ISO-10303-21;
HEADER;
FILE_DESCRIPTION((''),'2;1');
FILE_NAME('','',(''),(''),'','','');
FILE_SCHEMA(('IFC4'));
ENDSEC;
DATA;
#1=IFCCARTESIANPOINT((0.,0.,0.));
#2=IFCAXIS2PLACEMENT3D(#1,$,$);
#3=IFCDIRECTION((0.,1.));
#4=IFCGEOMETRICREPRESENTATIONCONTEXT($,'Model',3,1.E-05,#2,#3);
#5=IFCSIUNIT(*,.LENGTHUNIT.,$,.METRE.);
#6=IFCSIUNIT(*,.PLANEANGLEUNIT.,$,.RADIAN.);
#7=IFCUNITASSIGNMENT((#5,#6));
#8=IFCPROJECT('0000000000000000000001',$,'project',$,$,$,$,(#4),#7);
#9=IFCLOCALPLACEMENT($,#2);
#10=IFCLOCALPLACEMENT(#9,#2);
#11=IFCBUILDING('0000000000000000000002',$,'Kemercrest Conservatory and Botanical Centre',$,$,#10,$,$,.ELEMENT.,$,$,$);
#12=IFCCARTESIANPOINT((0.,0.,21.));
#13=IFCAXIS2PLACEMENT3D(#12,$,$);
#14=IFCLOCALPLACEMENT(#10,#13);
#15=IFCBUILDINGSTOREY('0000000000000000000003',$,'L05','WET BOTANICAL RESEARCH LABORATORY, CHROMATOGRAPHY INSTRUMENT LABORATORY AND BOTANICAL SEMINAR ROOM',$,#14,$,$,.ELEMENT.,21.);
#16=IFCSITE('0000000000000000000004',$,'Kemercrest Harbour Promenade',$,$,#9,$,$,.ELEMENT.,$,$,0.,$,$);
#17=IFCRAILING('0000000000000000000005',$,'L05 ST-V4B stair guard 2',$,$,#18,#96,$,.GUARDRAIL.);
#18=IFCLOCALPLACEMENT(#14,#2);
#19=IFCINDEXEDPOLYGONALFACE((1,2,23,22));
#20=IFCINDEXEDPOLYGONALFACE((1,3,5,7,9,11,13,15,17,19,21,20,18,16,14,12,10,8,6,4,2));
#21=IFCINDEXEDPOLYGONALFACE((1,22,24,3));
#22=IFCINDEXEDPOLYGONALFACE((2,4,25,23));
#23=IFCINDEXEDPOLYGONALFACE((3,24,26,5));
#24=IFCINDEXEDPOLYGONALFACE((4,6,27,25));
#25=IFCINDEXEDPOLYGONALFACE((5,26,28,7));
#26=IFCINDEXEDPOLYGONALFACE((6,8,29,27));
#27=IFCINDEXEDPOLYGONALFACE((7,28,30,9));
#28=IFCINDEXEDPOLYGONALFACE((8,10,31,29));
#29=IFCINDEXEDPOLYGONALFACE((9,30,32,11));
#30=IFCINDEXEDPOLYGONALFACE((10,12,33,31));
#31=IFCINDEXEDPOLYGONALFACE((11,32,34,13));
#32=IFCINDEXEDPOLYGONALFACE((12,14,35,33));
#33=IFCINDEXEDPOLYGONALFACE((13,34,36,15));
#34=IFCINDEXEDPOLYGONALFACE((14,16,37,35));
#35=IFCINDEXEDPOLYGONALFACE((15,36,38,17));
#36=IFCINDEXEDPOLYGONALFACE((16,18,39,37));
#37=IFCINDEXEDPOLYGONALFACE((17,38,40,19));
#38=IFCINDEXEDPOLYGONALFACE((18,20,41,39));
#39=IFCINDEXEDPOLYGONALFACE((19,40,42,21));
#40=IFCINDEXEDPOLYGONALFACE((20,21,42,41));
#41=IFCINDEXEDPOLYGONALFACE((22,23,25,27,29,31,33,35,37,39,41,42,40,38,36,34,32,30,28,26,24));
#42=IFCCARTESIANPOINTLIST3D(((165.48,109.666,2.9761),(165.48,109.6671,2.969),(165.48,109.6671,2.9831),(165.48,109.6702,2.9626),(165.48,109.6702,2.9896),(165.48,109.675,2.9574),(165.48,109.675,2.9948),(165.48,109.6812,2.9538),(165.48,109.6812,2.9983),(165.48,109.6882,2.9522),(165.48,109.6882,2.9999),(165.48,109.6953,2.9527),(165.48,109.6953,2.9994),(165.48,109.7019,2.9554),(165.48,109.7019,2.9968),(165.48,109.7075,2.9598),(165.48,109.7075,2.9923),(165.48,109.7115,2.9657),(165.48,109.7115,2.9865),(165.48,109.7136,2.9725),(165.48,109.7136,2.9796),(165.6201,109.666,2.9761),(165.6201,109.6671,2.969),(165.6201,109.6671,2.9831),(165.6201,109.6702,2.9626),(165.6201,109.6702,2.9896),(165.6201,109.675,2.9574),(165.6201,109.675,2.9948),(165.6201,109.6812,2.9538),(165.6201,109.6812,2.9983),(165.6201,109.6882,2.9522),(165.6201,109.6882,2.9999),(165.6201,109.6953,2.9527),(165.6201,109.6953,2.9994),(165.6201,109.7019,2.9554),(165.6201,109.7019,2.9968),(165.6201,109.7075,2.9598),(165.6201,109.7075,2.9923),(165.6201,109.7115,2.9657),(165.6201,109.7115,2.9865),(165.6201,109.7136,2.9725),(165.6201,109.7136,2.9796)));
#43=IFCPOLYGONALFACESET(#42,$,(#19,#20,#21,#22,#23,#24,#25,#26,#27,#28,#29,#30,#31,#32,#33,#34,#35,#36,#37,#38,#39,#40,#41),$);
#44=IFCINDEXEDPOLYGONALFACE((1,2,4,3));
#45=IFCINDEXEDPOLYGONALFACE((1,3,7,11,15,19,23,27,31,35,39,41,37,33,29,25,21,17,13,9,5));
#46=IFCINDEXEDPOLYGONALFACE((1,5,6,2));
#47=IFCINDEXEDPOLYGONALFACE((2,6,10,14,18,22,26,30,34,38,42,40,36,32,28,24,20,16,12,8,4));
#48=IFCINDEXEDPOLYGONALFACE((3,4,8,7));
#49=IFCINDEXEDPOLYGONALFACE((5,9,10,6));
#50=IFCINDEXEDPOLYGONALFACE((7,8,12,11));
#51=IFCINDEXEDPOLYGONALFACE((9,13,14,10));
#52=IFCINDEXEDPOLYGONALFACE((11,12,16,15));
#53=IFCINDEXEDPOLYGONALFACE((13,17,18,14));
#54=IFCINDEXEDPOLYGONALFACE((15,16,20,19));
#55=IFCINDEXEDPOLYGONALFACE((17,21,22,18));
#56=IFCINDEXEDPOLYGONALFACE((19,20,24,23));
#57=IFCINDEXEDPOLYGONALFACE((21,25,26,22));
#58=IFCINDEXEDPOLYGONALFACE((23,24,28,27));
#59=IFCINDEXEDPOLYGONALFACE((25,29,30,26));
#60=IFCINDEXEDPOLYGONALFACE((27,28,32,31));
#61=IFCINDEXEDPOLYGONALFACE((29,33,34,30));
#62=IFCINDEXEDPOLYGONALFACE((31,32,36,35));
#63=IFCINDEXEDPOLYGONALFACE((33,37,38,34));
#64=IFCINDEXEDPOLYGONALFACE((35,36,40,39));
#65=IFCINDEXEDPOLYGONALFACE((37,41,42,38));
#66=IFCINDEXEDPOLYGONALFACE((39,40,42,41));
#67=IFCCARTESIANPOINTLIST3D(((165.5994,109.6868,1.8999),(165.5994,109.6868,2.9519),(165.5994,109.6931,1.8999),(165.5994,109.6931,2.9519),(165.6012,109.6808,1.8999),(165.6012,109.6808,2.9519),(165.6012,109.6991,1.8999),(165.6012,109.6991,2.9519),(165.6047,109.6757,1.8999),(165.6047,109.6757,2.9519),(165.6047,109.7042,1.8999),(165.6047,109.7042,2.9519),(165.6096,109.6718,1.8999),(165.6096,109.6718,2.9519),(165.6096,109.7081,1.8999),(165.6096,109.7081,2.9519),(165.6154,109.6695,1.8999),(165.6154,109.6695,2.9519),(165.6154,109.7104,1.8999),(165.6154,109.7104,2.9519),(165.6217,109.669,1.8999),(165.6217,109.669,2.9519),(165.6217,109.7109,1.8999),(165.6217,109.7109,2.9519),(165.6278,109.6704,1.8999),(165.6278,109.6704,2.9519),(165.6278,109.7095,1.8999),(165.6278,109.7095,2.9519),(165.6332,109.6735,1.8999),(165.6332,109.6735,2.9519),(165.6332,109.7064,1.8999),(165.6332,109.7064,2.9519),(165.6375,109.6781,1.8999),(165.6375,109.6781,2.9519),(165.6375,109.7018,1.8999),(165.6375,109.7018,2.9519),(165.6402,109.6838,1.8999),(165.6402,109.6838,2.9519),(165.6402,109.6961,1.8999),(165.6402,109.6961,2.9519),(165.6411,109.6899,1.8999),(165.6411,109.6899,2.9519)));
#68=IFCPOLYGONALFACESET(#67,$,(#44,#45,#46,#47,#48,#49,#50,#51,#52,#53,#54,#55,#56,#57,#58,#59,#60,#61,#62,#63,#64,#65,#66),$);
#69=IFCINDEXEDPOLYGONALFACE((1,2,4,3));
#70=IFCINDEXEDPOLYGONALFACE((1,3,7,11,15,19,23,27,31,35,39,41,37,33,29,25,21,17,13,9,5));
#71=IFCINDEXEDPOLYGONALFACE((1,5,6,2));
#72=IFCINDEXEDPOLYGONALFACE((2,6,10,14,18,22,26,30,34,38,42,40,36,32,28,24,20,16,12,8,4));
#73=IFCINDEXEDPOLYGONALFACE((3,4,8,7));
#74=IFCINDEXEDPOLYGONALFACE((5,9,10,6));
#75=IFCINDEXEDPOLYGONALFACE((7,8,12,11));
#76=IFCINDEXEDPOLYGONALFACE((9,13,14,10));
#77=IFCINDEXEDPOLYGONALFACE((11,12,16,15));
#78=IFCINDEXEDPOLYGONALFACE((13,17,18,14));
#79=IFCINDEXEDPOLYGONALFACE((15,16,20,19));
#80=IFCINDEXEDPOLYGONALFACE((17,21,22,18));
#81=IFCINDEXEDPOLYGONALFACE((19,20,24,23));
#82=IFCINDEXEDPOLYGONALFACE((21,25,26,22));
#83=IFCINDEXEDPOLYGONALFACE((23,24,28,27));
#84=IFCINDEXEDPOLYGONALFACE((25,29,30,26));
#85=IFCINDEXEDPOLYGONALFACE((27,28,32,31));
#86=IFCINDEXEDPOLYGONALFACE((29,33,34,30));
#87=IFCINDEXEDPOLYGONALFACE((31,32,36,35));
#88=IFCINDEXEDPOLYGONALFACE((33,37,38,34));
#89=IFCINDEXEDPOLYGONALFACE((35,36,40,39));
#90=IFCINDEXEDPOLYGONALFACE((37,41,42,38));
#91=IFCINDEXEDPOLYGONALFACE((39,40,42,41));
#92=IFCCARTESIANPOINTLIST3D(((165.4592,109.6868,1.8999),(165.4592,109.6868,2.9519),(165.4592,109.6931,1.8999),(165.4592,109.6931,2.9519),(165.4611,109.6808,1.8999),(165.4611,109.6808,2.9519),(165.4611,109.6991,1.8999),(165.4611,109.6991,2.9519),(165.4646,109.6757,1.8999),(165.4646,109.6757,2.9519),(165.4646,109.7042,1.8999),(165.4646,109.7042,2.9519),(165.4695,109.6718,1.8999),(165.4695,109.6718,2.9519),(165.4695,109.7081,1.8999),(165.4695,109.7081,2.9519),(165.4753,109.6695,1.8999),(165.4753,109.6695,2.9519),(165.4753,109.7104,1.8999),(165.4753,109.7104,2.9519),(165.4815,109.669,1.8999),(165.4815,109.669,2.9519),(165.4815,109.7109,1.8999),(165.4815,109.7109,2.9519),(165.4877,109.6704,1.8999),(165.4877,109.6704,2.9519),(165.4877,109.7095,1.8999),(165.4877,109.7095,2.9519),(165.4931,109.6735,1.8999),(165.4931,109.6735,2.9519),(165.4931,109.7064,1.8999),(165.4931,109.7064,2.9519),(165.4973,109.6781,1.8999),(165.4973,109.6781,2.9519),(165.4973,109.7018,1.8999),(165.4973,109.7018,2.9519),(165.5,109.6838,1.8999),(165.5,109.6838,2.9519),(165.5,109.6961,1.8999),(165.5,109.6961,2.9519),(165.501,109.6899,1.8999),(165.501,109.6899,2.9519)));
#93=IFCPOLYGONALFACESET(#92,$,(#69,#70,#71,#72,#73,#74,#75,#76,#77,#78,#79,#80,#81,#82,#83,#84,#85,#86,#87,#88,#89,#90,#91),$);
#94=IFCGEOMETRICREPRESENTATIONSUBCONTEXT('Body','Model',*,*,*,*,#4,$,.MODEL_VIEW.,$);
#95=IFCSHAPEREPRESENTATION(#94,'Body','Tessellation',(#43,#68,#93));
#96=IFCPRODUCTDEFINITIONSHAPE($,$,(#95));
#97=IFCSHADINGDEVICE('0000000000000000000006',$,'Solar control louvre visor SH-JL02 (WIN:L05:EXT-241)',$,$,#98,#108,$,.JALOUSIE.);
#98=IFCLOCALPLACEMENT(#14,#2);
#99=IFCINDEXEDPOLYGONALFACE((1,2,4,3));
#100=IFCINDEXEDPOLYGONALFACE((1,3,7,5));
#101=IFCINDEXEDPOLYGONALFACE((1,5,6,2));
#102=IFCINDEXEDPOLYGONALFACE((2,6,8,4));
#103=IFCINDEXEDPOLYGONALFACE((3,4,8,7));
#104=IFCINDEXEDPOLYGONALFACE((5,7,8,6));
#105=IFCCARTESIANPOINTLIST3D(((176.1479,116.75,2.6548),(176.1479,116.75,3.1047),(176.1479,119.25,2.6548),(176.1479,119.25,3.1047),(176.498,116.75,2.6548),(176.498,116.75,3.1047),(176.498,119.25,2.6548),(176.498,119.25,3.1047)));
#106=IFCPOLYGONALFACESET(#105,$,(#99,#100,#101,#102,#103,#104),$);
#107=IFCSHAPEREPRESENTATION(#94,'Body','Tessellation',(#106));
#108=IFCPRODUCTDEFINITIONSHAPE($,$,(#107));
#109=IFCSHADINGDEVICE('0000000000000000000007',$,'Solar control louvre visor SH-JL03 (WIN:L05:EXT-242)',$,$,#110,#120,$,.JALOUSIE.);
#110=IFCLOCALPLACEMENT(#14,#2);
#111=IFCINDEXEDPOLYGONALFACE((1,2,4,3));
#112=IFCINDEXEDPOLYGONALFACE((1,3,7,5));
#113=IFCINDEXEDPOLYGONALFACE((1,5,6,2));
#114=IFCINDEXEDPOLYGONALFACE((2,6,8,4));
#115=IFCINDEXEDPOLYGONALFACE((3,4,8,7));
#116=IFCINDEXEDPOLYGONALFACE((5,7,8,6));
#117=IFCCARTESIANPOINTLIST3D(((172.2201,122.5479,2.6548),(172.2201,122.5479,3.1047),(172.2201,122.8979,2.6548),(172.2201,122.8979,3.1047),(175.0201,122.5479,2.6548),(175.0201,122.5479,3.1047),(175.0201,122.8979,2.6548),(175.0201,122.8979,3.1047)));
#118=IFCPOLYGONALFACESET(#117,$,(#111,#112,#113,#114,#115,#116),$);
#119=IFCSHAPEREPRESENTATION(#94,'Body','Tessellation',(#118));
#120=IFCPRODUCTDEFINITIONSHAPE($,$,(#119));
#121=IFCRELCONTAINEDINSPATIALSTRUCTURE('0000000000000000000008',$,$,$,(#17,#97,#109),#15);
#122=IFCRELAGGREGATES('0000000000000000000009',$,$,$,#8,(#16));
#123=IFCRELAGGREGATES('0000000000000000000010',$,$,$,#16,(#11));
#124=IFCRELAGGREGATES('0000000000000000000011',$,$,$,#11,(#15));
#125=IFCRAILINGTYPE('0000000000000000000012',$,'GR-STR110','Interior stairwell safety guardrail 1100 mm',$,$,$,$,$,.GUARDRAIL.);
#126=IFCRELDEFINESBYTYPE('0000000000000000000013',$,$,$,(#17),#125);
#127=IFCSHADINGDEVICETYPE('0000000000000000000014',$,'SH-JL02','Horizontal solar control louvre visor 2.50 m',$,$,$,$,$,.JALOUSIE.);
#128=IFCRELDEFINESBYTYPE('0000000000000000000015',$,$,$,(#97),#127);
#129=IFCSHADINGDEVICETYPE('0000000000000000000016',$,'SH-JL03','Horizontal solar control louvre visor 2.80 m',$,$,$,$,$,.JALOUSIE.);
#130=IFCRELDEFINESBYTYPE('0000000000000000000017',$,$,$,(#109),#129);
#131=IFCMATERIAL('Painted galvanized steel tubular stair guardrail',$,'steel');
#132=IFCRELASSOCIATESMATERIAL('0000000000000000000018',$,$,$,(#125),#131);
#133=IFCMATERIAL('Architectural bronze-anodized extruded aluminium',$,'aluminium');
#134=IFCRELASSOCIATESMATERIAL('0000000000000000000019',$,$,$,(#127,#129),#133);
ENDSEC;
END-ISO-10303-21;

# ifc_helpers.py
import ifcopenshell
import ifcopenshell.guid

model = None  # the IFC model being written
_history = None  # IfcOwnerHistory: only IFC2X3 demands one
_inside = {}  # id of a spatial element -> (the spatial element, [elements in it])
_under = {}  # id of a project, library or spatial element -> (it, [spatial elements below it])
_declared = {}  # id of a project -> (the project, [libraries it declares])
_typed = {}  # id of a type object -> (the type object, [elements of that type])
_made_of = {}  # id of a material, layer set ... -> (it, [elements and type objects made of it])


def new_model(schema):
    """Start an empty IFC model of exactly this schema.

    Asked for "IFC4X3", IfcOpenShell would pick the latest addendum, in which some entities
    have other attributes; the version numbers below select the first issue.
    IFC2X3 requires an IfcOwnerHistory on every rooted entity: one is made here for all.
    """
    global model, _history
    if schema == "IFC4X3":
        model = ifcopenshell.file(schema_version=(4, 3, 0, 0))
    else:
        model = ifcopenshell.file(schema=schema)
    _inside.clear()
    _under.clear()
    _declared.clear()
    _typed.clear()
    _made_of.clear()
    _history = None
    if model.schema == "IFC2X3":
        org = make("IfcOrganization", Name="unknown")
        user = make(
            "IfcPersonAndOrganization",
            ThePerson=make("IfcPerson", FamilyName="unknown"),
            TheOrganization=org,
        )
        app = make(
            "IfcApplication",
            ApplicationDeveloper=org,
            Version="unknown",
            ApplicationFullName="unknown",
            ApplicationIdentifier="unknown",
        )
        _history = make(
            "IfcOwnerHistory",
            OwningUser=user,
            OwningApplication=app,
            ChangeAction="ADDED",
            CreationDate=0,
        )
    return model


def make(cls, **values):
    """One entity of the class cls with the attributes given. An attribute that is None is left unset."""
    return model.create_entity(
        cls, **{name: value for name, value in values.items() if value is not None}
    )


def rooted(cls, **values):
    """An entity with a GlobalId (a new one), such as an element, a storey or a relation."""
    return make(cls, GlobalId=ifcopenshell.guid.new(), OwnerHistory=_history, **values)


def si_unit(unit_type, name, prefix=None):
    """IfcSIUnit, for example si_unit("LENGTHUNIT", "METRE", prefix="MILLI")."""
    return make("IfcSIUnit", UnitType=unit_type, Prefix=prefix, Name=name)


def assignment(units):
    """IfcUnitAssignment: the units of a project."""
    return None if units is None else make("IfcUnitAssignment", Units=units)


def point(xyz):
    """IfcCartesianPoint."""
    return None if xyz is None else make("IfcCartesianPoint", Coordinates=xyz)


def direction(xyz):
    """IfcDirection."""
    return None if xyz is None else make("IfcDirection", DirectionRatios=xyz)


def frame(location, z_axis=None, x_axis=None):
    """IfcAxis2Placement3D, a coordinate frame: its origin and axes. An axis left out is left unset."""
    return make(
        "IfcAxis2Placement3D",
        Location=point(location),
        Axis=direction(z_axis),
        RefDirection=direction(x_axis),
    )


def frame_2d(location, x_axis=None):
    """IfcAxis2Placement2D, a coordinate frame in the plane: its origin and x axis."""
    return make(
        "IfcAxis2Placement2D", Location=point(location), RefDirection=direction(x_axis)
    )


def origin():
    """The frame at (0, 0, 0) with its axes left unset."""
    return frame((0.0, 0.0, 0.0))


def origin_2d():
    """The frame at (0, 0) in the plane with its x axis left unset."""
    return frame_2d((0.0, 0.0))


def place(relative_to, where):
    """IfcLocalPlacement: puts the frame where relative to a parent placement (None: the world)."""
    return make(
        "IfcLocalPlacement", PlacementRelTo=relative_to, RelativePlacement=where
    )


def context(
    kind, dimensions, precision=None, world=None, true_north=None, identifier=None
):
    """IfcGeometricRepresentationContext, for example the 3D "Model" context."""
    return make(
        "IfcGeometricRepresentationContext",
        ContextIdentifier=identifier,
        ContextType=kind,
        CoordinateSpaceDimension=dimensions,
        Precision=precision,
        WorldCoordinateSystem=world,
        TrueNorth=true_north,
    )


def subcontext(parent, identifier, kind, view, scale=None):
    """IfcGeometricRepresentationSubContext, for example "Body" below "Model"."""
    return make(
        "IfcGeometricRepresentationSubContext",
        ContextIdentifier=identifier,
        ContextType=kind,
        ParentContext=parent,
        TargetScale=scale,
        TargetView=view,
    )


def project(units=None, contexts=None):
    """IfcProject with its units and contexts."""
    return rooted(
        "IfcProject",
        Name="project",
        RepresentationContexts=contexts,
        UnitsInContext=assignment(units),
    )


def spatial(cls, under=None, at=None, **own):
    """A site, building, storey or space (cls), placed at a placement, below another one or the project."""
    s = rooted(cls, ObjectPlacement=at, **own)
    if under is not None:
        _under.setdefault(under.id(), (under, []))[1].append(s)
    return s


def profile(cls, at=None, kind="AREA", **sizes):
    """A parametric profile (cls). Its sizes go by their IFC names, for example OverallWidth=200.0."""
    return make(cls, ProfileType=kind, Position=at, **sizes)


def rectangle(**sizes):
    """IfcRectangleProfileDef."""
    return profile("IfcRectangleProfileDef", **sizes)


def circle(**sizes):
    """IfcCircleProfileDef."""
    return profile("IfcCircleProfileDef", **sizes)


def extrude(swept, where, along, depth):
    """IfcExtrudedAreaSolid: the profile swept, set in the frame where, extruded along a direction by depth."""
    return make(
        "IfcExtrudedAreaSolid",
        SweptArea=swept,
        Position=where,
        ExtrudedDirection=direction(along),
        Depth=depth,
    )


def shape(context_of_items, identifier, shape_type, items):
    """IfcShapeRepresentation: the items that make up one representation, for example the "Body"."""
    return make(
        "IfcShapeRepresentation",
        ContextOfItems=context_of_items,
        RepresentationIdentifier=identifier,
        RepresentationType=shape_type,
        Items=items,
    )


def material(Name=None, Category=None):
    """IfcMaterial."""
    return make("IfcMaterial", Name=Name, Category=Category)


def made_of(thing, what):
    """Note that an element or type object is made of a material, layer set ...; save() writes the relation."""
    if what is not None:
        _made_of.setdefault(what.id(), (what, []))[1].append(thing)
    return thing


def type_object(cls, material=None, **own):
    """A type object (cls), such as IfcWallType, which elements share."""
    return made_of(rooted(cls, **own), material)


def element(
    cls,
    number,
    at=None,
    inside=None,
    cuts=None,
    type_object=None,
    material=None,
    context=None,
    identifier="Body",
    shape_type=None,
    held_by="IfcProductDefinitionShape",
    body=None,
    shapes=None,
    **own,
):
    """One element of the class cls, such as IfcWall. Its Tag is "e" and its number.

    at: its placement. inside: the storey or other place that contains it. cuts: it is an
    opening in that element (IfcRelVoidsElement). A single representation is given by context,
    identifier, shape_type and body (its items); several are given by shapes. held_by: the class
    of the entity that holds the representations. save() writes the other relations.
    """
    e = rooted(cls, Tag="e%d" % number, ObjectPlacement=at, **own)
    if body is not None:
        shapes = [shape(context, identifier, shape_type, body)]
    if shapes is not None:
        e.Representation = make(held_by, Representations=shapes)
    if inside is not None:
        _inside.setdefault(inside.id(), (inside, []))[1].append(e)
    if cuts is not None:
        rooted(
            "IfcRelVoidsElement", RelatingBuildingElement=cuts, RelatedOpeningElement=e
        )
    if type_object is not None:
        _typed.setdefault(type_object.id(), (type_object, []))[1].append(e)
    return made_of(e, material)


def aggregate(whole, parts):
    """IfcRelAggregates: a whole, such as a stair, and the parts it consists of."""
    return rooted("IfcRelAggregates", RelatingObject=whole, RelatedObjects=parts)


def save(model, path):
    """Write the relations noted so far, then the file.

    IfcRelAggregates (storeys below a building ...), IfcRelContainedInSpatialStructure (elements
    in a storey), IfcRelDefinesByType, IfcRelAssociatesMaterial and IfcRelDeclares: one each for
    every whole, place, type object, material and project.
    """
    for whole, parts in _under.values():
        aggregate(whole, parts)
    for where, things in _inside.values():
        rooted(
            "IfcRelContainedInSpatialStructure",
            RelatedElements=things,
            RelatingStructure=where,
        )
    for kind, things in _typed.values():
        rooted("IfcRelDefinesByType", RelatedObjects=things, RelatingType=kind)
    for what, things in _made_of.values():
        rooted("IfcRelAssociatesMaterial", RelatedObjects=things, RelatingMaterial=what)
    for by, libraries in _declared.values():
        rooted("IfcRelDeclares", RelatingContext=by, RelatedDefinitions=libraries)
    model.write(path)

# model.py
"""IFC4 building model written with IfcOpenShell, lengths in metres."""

from ifc_helpers import new_model, si_unit, direction, frame, origin, origin_2d, place, context, subcontext, project, spatial, rectangle, circle, extrude, material, type_object, element, save


model = new_model("IFC4")

# Units and contexts
model_context = context("Model", 3, precision=1e-05, world=origin(), true_north=direction((0.0, 1.0)))
body_context = subcontext(model_context, "Body", "Model", "MODEL_VIEW")
ifc_project = project(units=[si_unit("LENGTHUNIT", "METRE"), si_unit("PLANEANGLEUNIT", "RADIAN")], contexts=[model_context])

# Site, building, storey
site_placement = place(None, origin())
site = spatial("IfcSite", under=ifc_project, at=site_placement, Name="Kemercrest Harbour Promenade", CompositionType="ELEMENT", RefElevation=0.0)
building_placement = place(site_placement, origin())
building = spatial("IfcBuilding", under=site, at=building_placement, Name="Kemercrest Conservatory and Botanical Centre", CompositionType="ELEMENT")
storey_placement = place(building_placement, frame((0.0, 0.0, 21.0)))
storey = spatial("IfcBuildingStorey", under=building, at=storey_placement, Name="L05", Description="WET BOTANICAL RESEARCH LABORATORY, CHROMATOGRAPHY INSTRUMENT LABORATORY AND BOTANICAL SEMINAR ROOM", CompositionType="ELEMENT", Elevation=21.0)

# Railing
ifc_material_1 = material(Name="Painted galvanized steel tubular stair guardrail", Category="steel")
railing_type = type_object("IfcRailingType", Name="GR-STR110", Description="Interior stairwell safety guardrail 1100 mm", PredefinedType="GUARDRAIL", material=ifc_material_1)
railing_placement = place(storey_placement, frame((165.6201, 109.6899, 1.8999)))
element("IfcRailing", 1, at=railing_placement, inside=storey, type_object=railing_type, Name="L05 ST-V4B stair guard 2", PredefinedType="GUARDRAIL", context=body_context, shape_type="SweptSolid", body=[
    extrude(circle(Radius=0.0239, at=origin_2d()), frame((0.0, 0.0, 1.0762), z_axis=(-1.0, 0.0, 0.0), x_axis=(0.0, -1.0, 0.0)), (0.0, 0.0, 1.0), 0.1401),
    extrude(circle(Radius=0.021, at=origin_2d()), origin(), (0.0, 0.0, 1.0), 1.052),
    extrude(circle(Radius=0.021, at=origin_2d()), frame((-0.1401, 0.0, 0.0)), (0.0, 0.0, 1.0), 1.052),
])

# Shading devices
ifc_material_2 = material(Name="Architectural bronze-anodized extruded aluminium", Category="aluminium")
shading_device_type_1 = type_object("IfcShadingDeviceType", Name="SH-JL02", Description="Horizontal solar control louvre visor 2.50 m", PredefinedType="JALOUSIE", material=ifc_material_2)
shading_device_1_placement = place(storey_placement, frame((176.323, 118.0, 2.6548), z_axis=(0.0, 0.0, 1.0), x_axis=(0.0, 1.0, 0.0)))
element("IfcShadingDevice", 2, at=shading_device_1_placement, inside=storey, type_object=shading_device_type_1, Name="Solar control louvre visor SH-JL02 (WIN:L05:EXT-241)", PredefinedType="JALOUSIE", context=body_context, shape_type="SweptSolid", body=[
    extrude(rectangle(XDim=2.5, YDim=0.3501, at=origin_2d()), origin(), (0.0, 0.0, 1.0), 0.45),
])
shading_device_type_2 = type_object("IfcShadingDeviceType", Name="SH-JL03", Description="Horizontal solar control louvre visor 2.80 m", PredefinedType="JALOUSIE", material=ifc_material_2)
shading_device_2_placement = place(storey_placement, frame((173.6201, 122.7229, 2.6548), z_axis=(0.0, 0.0, 1.0), x_axis=(-1.0, 0.0, 0.0)))
element("IfcShadingDevice", 3, at=shading_device_2_placement, inside=storey, type_object=shading_device_type_2, Name="Solar control louvre visor SH-JL03 (WIN:L05:EXT-242)", PredefinedType="JALOUSIE", context=body_context, shape_type="SweptSolid", body=[
    extrude(rectangle(XDim=2.8, YDim=0.3501, at=origin_2d()), origin(), (0.0, 0.0, 1.0), 0.45),
])

save(model, "model.ifc")
